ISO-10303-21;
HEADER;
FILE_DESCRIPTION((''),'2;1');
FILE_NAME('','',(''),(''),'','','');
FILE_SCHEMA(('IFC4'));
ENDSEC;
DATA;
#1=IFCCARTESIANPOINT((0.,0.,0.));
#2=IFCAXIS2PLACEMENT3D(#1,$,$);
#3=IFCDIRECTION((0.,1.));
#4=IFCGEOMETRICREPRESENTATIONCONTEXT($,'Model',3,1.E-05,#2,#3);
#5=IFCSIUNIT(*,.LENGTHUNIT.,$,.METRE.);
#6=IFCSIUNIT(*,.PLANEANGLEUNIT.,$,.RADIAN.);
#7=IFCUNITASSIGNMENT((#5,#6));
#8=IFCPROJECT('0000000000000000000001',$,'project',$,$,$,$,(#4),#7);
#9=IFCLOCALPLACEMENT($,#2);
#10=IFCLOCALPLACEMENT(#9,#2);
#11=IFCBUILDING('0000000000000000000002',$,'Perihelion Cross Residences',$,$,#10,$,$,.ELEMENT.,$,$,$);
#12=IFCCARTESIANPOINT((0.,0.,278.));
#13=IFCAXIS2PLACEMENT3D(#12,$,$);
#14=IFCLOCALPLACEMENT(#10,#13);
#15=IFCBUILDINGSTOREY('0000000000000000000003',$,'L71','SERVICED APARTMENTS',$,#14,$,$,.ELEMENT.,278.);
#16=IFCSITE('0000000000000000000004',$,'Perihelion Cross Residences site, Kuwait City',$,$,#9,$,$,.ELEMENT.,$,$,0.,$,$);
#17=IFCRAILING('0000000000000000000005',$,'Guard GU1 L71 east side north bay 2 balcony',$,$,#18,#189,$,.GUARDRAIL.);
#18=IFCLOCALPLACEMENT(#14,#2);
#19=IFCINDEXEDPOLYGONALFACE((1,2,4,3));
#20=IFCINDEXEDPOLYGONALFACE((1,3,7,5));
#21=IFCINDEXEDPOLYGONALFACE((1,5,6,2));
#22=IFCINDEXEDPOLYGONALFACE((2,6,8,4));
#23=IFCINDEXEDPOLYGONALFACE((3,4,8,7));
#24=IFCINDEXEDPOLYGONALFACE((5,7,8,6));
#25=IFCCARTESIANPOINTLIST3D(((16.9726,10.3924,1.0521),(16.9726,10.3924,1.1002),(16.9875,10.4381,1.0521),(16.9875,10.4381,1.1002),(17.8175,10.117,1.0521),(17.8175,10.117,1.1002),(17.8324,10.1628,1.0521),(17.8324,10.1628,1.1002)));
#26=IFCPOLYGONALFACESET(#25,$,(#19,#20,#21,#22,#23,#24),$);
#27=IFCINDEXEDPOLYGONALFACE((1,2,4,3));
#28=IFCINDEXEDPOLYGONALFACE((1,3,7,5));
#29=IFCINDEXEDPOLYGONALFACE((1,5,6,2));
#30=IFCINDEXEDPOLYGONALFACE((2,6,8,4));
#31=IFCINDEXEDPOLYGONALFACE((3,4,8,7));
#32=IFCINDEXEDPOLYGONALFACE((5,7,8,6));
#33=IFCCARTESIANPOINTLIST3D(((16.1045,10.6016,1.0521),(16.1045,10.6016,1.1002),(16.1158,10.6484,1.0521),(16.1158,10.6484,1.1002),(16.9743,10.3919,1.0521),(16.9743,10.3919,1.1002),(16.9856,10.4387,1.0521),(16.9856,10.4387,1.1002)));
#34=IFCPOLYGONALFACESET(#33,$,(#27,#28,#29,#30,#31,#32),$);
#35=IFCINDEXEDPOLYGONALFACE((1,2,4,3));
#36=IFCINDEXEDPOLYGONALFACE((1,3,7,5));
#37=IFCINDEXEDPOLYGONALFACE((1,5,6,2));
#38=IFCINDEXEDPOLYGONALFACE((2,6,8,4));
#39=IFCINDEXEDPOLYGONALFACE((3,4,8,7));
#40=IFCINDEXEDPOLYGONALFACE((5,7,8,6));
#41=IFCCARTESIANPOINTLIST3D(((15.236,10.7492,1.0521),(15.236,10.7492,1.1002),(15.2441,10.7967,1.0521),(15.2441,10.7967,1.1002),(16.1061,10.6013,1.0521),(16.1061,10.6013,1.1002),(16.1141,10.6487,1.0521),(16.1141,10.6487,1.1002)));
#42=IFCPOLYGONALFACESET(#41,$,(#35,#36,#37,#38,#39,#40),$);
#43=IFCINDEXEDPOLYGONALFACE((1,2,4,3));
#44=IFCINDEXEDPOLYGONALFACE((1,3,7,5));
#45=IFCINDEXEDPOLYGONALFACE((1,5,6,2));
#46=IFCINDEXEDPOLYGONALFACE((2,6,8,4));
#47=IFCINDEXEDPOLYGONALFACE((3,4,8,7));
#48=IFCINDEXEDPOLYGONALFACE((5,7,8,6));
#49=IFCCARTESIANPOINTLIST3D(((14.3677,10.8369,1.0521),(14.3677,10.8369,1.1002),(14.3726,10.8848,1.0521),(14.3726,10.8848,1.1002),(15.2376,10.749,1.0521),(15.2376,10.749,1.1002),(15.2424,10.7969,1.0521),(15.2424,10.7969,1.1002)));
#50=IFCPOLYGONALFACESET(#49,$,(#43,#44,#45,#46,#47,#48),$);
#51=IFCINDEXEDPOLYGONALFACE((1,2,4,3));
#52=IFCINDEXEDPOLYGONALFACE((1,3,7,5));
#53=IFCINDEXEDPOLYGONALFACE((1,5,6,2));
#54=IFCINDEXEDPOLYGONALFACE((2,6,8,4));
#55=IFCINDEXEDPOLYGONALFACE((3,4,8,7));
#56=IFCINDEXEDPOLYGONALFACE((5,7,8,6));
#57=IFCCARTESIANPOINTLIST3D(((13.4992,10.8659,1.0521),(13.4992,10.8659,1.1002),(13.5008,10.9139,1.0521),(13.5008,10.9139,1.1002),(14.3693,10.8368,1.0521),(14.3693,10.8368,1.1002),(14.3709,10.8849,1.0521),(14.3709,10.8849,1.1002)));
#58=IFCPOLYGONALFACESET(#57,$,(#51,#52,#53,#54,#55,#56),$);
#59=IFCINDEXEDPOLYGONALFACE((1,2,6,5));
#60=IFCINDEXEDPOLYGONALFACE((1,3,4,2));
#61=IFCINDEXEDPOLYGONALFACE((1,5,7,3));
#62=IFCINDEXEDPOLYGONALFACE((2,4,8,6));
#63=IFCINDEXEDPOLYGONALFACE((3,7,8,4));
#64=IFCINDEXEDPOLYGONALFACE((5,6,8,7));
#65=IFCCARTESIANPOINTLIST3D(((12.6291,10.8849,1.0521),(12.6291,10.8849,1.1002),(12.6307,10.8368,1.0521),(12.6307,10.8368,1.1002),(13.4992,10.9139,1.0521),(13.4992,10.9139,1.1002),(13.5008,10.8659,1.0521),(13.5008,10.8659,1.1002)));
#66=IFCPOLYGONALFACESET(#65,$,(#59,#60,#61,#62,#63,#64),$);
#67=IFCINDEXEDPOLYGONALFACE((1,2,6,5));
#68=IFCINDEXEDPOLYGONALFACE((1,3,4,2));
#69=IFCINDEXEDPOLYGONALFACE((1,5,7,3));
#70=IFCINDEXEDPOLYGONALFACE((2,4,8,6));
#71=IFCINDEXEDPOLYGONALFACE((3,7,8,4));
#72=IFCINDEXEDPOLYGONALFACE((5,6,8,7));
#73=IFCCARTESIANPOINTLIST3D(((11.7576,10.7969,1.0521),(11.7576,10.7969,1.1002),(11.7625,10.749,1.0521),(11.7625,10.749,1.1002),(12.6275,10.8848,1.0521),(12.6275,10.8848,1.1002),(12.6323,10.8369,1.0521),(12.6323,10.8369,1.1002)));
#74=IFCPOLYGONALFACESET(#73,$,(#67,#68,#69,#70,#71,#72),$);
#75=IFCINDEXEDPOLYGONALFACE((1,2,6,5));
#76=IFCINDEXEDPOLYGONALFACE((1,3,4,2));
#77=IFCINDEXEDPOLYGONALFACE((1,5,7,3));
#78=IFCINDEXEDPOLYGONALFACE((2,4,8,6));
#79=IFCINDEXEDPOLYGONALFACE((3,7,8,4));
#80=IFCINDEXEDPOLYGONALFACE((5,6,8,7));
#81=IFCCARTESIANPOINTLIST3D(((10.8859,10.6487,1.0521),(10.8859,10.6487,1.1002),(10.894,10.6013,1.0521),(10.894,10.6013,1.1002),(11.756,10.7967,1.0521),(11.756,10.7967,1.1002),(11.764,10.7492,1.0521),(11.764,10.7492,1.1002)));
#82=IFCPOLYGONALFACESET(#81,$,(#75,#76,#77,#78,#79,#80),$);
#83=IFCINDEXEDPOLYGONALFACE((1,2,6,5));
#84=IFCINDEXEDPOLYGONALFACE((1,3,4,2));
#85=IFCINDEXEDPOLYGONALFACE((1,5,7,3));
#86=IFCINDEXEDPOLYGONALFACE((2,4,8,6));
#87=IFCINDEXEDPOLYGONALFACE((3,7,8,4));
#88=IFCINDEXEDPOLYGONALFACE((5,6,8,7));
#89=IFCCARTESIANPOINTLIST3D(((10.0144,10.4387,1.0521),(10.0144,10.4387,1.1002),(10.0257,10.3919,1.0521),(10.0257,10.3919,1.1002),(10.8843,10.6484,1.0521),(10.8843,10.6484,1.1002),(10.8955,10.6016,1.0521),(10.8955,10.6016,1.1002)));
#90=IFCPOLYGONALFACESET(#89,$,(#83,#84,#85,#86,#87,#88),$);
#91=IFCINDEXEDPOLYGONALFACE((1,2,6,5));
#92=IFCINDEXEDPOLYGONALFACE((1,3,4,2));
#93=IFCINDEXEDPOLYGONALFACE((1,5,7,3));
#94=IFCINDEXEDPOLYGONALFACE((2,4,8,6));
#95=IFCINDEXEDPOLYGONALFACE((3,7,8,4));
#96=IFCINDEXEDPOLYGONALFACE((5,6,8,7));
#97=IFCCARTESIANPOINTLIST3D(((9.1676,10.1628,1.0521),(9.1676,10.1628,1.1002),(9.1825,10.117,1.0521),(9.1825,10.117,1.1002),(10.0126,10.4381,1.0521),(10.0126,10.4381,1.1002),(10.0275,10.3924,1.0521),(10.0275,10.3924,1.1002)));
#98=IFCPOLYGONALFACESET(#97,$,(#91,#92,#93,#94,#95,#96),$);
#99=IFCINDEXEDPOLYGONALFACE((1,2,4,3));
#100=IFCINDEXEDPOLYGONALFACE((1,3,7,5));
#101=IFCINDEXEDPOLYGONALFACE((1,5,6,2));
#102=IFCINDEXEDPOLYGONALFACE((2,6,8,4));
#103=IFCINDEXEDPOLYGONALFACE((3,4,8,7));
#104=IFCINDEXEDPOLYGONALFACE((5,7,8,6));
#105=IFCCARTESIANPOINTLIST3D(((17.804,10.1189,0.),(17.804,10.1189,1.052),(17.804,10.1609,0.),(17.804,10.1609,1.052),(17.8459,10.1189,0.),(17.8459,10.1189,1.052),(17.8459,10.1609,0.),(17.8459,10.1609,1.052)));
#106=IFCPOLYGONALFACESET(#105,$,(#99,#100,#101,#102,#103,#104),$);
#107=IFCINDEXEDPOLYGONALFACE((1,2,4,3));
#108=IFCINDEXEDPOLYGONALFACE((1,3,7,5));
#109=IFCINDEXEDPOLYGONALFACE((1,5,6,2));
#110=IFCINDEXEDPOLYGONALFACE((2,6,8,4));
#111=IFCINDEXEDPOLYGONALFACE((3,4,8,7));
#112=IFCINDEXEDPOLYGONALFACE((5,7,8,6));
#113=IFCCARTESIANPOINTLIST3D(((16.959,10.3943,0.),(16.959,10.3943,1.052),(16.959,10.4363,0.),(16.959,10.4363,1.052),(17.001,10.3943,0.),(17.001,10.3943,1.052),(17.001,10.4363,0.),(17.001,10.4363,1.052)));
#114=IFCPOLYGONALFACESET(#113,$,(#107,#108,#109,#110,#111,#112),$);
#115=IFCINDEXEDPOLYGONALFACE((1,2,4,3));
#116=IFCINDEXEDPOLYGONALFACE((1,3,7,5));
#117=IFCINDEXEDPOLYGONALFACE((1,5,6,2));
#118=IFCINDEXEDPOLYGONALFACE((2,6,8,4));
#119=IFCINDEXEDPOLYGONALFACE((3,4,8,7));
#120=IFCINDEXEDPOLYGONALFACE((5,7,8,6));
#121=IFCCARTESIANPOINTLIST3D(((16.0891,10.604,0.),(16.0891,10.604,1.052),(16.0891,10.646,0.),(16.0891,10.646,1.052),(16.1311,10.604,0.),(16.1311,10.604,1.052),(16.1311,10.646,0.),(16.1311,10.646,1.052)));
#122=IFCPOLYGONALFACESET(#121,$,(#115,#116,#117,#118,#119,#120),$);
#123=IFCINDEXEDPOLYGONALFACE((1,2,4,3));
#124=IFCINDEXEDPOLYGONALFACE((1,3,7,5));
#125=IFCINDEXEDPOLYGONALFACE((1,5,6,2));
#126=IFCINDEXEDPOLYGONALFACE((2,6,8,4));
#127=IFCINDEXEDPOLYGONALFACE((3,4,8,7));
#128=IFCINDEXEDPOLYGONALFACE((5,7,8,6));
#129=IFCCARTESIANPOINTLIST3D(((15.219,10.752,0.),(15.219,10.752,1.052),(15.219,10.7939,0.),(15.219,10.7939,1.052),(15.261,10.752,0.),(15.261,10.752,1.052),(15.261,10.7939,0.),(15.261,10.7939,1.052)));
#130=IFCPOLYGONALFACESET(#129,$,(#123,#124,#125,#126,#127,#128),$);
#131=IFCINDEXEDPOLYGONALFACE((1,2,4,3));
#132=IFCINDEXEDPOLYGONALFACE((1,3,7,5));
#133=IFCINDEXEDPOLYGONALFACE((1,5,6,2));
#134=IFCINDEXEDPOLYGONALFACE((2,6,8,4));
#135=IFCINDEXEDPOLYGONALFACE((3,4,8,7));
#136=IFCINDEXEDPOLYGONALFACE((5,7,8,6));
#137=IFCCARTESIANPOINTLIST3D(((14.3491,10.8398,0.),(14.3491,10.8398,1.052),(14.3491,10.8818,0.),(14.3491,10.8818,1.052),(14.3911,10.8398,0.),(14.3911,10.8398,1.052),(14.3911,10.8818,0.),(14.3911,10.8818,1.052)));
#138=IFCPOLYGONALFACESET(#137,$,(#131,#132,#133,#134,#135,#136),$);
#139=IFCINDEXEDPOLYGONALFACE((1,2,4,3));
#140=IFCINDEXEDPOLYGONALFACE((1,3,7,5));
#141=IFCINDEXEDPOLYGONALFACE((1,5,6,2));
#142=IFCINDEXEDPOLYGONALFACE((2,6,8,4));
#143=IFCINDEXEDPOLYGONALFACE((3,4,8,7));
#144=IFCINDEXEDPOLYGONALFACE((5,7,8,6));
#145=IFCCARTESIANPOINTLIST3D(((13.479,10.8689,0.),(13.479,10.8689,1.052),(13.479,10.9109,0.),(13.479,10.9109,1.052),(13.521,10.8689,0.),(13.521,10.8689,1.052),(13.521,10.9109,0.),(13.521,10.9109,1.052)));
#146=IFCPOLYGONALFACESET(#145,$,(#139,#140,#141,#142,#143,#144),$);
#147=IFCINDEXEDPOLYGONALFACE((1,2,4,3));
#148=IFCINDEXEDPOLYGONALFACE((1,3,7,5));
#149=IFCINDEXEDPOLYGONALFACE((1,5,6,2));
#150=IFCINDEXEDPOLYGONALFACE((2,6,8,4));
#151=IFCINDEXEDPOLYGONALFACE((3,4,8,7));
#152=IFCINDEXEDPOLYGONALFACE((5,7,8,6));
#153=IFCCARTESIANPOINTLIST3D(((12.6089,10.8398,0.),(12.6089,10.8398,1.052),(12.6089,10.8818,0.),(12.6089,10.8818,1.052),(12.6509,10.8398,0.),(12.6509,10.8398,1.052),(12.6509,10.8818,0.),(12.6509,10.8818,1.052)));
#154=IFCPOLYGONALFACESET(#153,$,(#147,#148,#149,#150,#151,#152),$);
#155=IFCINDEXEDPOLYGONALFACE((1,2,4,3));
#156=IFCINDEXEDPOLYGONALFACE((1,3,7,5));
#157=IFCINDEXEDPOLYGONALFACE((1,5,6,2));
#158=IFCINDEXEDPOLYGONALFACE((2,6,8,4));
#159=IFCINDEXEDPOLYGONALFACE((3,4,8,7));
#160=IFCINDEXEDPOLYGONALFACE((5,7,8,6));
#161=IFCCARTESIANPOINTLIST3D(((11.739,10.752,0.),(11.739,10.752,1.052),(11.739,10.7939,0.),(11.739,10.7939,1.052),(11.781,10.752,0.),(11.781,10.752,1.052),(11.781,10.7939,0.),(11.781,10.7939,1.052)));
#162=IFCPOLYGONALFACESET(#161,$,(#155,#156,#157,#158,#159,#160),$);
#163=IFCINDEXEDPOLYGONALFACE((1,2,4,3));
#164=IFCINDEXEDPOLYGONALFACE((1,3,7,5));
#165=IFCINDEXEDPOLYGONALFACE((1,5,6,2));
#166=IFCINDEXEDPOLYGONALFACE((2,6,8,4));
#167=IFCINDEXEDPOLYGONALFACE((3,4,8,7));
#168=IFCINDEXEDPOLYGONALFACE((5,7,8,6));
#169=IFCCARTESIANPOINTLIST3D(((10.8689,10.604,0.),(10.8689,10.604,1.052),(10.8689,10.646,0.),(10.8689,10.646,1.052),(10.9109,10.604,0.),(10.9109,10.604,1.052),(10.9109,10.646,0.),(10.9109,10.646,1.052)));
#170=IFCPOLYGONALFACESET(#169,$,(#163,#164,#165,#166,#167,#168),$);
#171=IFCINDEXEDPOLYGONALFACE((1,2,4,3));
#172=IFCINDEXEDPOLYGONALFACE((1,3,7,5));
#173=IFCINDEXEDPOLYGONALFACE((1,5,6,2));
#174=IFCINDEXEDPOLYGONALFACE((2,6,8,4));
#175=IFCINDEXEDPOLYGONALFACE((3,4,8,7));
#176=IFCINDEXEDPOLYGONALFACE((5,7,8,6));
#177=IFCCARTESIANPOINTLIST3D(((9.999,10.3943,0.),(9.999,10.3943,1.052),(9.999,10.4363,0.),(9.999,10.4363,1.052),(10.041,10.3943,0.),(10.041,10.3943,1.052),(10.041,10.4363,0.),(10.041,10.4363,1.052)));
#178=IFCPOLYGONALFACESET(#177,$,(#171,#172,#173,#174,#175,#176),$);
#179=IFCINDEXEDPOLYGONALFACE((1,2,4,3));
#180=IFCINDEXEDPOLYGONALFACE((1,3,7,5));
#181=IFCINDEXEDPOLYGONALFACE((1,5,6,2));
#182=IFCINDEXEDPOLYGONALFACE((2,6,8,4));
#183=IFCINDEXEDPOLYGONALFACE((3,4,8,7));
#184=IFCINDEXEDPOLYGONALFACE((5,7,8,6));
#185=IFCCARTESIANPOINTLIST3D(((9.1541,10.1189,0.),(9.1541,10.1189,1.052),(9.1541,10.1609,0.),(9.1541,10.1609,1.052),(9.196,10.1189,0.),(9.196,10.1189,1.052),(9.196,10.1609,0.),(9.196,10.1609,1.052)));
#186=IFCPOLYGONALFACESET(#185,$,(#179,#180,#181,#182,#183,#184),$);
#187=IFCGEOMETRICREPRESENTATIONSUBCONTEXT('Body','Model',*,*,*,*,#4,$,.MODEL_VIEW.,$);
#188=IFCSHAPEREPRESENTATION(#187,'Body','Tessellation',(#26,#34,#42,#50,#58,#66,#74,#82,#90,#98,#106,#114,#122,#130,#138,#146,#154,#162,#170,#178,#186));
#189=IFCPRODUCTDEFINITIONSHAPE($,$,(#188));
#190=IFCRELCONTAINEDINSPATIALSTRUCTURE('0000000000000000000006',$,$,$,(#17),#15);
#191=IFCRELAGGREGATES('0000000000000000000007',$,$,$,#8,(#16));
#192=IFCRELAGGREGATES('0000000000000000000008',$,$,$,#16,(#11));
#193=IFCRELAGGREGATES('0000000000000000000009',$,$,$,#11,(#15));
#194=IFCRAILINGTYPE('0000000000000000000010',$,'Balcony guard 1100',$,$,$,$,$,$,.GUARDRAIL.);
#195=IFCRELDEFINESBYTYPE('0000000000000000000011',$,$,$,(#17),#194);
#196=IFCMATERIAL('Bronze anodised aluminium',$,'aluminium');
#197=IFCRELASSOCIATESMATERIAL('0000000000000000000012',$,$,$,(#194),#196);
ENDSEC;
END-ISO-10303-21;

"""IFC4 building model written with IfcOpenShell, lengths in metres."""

from ifc_helpers import new_model, si_unit, direction, frame, origin, origin_2d, place, context, subcontext, project, spatial, rectangle, extrude, material, type_object, element, save


model = new_model("IFC4")

# Units and contexts
model_context = context("Model", 3, precision=1e-05, world=origin(), true_north=direction((0.0, 1.0)))
body_context = subcontext(model_context, "Body", "Model", "MODEL_VIEW")
ifc_project = project(units=[si_unit("LENGTHUNIT", "METRE"), si_unit("PLANEANGLEUNIT", "RADIAN")], contexts=[model_context])

# Site, building, storey
site_placement = place(None, origin())
site = spatial("IfcSite", under=ifc_project, at=site_placement, Name="Perihelion Cross Residences site, Kuwait City", CompositionType="ELEMENT", RefElevation=0.0)
building_placement = place(site_placement, origin())
building = spatial("IfcBuilding", under=site, at=building_placement, Name="Perihelion Cross Residences", CompositionType="ELEMENT")
storey_placement = place(building_placement, frame((0.0, 0.0, 278.0)))
storey = spatial("IfcBuildingStorey", under=building, at=storey_placement, Name="L71", Description="SERVICED APARTMENTS", CompositionType="ELEMENT", Elevation=278.0)

# Railing
ifc_material_1 = material(Name="Bronze anodised aluminium", Category="aluminium")
railing_type = type_object("IfcRailingType", Name="Balcony guard 1100", PredefinedType="GUARDRAIL", material=ifc_material_1)
railing_placement = place(storey_placement, frame((17.825, 10.1399, 0.0)))
element("IfcRailing", 1, at=railing_placement, inside=storey, type_object=railing_type, Name="Guard GU1 L71 east side north bay 2 balcony", PredefinedType="GUARDRAIL", context=body_context, shape_type="SweptSolid", body=[
    extrude(rectangle(XDim=0.0481, YDim=0.0481, at=origin_2d()), frame((0.0, 0.0, 1.0762), z_axis=(-0.950777, 0.309875, 0.0), x_axis=(-0.309875, -0.950777, 0.0)), (0.0, 0.0, 1.0), 0.8887),
    extrude(rectangle(XDim=0.0481, YDim=0.0481, at=origin_2d()), frame((-0.845, 0.2754, 1.0762), z_axis=(-0.972147, 0.234374, 0.0), x_axis=(-0.234374, -0.972147, 0.0)), (0.0, 0.0, 1.0), 0.8948),
    extrude(rectangle(XDim=0.0481, YDim=0.0481, at=origin_2d()), frame((-1.7148, 0.4851, 1.0762), z_axis=(-0.98585, 0.167628, 0.0), x_axis=(-0.167628, -0.98585, 0.0)), (0.0, 0.0, 1.0), 0.8826),
    extrude(rectangle(XDim=0.0481, YDim=0.0481, at=origin_2d()), frame((-2.585, 0.6331, 1.0762), z_axis=(-0.994934, 0.100527, 0.0), x_axis=(-0.100527, -0.994934, 0.0)), (0.0, 0.0, 1.0), 0.8743),
    extrude(rectangle(XDim=0.0481, YDim=0.0481, at=origin_2d()), frame((-3.4548, 0.7209, 1.0762), z_axis=(-0.999443, 0.033371, 0.0), x_axis=(-0.033371, -0.999443, 0.0)), (0.0, 0.0, 1.0), 0.8706),
    extrude(rectangle(XDim=0.0481, YDim=0.0481, at=origin_2d()), frame((-4.325, 0.75, 1.0762), z_axis=(-0.999443, -0.033371, 0.0), x_axis=(0.033371, -0.999443, 0.0)), (0.0, 0.0, 1.0), 0.8706),
    extrude(rectangle(XDim=0.0481, YDim=0.0481, at=origin_2d()), frame((-5.1951, 0.7209, 1.0762), z_axis=(-0.994934, -0.100527, 0.0), x_axis=(0.100527, -0.994934, 0.0)), (0.0, 0.0, 1.0), 0.8743),
    extrude(rectangle(XDim=0.0481, YDim=0.0481, at=origin_2d()), frame((-6.0649, 0.6331, 1.0762), z_axis=(-0.98585, -0.167628, 0.0), x_axis=(0.167628, -0.98585, 0.0)), (0.0, 0.0, 1.0), 0.8826),
    extrude(rectangle(XDim=0.0481, YDim=0.0481, at=origin_2d()), frame((-6.9351, 0.4851, 1.0762), z_axis=(-0.972147, -0.234374, 0.0), x_axis=(0.234374, -0.972147, 0.0)), (0.0, 0.0, 1.0), 0.8948),
    extrude(rectangle(XDim=0.0481, YDim=0.0481, at=origin_2d()), frame((-7.8049, 0.2754, 1.0762), z_axis=(-0.950777, -0.309875, 0.0), x_axis=(0.309875, -0.950777, 0.0)), (0.0, 0.0, 1.0), 0.8887),
    extrude(rectangle(XDim=0.042, YDim=0.042, at=origin_2d()), origin(), (0.0, 0.0, 1.0), 1.052),
    extrude(rectangle(XDim=0.042, YDim=0.042, at=origin_2d()), frame((-0.845, 0.2754, 0.0)), (0.0, 0.0, 1.0), 1.052),
    extrude(rectangle(XDim=0.042, YDim=0.042, at=origin_2d()), frame((-1.7148, 0.4851, 0.0)), (0.0, 0.0, 1.0), 1.052),
    extrude(rectangle(XDim=0.042, YDim=0.042, at=origin_2d()), frame((-2.585, 0.6331, 0.0)), (0.0, 0.0, 1.0), 1.052),
    extrude(rectangle(XDim=0.042, YDim=0.042, at=origin_2d()), frame((-3.4548, 0.7209, 0.0)), (0.0, 0.0, 1.0), 1.052),
    extrude(rectangle(XDim=0.042, YDim=0.042, at=origin_2d()), frame((-4.325, 0.75, 0.0)), (0.0, 0.0, 1.0), 1.052),
    extrude(rectangle(XDim=0.042, YDim=0.042, at=origin_2d()), frame((-5.1951, 0.7209, 0.0)), (0.0, 0.0, 1.0), 1.052),
    extrude(rectangle(XDim=0.042, YDim=0.042, at=origin_2d()), frame((-6.0649, 0.6331, 0.0)), (0.0, 0.0, 1.0), 1.052),
    extrude(rectangle(XDim=0.042, YDim=0.042, at=origin_2d()), frame((-6.9351, 0.4851, 0.0)), (0.0, 0.0, 1.0), 1.052),
    extrude(rectangle(XDim=0.042, YDim=0.042, at=origin_2d()), frame((-7.8049, 0.2754, 0.0)), (0.0, 0.0, 1.0), 1.052),
    extrude(rectangle(XDim=0.042, YDim=0.042, at=origin_2d()), frame((-8.6499, 0.0, 0.0)), (0.0, 0.0, 1.0), 1.052),
])

save(model, "model.ifc")
